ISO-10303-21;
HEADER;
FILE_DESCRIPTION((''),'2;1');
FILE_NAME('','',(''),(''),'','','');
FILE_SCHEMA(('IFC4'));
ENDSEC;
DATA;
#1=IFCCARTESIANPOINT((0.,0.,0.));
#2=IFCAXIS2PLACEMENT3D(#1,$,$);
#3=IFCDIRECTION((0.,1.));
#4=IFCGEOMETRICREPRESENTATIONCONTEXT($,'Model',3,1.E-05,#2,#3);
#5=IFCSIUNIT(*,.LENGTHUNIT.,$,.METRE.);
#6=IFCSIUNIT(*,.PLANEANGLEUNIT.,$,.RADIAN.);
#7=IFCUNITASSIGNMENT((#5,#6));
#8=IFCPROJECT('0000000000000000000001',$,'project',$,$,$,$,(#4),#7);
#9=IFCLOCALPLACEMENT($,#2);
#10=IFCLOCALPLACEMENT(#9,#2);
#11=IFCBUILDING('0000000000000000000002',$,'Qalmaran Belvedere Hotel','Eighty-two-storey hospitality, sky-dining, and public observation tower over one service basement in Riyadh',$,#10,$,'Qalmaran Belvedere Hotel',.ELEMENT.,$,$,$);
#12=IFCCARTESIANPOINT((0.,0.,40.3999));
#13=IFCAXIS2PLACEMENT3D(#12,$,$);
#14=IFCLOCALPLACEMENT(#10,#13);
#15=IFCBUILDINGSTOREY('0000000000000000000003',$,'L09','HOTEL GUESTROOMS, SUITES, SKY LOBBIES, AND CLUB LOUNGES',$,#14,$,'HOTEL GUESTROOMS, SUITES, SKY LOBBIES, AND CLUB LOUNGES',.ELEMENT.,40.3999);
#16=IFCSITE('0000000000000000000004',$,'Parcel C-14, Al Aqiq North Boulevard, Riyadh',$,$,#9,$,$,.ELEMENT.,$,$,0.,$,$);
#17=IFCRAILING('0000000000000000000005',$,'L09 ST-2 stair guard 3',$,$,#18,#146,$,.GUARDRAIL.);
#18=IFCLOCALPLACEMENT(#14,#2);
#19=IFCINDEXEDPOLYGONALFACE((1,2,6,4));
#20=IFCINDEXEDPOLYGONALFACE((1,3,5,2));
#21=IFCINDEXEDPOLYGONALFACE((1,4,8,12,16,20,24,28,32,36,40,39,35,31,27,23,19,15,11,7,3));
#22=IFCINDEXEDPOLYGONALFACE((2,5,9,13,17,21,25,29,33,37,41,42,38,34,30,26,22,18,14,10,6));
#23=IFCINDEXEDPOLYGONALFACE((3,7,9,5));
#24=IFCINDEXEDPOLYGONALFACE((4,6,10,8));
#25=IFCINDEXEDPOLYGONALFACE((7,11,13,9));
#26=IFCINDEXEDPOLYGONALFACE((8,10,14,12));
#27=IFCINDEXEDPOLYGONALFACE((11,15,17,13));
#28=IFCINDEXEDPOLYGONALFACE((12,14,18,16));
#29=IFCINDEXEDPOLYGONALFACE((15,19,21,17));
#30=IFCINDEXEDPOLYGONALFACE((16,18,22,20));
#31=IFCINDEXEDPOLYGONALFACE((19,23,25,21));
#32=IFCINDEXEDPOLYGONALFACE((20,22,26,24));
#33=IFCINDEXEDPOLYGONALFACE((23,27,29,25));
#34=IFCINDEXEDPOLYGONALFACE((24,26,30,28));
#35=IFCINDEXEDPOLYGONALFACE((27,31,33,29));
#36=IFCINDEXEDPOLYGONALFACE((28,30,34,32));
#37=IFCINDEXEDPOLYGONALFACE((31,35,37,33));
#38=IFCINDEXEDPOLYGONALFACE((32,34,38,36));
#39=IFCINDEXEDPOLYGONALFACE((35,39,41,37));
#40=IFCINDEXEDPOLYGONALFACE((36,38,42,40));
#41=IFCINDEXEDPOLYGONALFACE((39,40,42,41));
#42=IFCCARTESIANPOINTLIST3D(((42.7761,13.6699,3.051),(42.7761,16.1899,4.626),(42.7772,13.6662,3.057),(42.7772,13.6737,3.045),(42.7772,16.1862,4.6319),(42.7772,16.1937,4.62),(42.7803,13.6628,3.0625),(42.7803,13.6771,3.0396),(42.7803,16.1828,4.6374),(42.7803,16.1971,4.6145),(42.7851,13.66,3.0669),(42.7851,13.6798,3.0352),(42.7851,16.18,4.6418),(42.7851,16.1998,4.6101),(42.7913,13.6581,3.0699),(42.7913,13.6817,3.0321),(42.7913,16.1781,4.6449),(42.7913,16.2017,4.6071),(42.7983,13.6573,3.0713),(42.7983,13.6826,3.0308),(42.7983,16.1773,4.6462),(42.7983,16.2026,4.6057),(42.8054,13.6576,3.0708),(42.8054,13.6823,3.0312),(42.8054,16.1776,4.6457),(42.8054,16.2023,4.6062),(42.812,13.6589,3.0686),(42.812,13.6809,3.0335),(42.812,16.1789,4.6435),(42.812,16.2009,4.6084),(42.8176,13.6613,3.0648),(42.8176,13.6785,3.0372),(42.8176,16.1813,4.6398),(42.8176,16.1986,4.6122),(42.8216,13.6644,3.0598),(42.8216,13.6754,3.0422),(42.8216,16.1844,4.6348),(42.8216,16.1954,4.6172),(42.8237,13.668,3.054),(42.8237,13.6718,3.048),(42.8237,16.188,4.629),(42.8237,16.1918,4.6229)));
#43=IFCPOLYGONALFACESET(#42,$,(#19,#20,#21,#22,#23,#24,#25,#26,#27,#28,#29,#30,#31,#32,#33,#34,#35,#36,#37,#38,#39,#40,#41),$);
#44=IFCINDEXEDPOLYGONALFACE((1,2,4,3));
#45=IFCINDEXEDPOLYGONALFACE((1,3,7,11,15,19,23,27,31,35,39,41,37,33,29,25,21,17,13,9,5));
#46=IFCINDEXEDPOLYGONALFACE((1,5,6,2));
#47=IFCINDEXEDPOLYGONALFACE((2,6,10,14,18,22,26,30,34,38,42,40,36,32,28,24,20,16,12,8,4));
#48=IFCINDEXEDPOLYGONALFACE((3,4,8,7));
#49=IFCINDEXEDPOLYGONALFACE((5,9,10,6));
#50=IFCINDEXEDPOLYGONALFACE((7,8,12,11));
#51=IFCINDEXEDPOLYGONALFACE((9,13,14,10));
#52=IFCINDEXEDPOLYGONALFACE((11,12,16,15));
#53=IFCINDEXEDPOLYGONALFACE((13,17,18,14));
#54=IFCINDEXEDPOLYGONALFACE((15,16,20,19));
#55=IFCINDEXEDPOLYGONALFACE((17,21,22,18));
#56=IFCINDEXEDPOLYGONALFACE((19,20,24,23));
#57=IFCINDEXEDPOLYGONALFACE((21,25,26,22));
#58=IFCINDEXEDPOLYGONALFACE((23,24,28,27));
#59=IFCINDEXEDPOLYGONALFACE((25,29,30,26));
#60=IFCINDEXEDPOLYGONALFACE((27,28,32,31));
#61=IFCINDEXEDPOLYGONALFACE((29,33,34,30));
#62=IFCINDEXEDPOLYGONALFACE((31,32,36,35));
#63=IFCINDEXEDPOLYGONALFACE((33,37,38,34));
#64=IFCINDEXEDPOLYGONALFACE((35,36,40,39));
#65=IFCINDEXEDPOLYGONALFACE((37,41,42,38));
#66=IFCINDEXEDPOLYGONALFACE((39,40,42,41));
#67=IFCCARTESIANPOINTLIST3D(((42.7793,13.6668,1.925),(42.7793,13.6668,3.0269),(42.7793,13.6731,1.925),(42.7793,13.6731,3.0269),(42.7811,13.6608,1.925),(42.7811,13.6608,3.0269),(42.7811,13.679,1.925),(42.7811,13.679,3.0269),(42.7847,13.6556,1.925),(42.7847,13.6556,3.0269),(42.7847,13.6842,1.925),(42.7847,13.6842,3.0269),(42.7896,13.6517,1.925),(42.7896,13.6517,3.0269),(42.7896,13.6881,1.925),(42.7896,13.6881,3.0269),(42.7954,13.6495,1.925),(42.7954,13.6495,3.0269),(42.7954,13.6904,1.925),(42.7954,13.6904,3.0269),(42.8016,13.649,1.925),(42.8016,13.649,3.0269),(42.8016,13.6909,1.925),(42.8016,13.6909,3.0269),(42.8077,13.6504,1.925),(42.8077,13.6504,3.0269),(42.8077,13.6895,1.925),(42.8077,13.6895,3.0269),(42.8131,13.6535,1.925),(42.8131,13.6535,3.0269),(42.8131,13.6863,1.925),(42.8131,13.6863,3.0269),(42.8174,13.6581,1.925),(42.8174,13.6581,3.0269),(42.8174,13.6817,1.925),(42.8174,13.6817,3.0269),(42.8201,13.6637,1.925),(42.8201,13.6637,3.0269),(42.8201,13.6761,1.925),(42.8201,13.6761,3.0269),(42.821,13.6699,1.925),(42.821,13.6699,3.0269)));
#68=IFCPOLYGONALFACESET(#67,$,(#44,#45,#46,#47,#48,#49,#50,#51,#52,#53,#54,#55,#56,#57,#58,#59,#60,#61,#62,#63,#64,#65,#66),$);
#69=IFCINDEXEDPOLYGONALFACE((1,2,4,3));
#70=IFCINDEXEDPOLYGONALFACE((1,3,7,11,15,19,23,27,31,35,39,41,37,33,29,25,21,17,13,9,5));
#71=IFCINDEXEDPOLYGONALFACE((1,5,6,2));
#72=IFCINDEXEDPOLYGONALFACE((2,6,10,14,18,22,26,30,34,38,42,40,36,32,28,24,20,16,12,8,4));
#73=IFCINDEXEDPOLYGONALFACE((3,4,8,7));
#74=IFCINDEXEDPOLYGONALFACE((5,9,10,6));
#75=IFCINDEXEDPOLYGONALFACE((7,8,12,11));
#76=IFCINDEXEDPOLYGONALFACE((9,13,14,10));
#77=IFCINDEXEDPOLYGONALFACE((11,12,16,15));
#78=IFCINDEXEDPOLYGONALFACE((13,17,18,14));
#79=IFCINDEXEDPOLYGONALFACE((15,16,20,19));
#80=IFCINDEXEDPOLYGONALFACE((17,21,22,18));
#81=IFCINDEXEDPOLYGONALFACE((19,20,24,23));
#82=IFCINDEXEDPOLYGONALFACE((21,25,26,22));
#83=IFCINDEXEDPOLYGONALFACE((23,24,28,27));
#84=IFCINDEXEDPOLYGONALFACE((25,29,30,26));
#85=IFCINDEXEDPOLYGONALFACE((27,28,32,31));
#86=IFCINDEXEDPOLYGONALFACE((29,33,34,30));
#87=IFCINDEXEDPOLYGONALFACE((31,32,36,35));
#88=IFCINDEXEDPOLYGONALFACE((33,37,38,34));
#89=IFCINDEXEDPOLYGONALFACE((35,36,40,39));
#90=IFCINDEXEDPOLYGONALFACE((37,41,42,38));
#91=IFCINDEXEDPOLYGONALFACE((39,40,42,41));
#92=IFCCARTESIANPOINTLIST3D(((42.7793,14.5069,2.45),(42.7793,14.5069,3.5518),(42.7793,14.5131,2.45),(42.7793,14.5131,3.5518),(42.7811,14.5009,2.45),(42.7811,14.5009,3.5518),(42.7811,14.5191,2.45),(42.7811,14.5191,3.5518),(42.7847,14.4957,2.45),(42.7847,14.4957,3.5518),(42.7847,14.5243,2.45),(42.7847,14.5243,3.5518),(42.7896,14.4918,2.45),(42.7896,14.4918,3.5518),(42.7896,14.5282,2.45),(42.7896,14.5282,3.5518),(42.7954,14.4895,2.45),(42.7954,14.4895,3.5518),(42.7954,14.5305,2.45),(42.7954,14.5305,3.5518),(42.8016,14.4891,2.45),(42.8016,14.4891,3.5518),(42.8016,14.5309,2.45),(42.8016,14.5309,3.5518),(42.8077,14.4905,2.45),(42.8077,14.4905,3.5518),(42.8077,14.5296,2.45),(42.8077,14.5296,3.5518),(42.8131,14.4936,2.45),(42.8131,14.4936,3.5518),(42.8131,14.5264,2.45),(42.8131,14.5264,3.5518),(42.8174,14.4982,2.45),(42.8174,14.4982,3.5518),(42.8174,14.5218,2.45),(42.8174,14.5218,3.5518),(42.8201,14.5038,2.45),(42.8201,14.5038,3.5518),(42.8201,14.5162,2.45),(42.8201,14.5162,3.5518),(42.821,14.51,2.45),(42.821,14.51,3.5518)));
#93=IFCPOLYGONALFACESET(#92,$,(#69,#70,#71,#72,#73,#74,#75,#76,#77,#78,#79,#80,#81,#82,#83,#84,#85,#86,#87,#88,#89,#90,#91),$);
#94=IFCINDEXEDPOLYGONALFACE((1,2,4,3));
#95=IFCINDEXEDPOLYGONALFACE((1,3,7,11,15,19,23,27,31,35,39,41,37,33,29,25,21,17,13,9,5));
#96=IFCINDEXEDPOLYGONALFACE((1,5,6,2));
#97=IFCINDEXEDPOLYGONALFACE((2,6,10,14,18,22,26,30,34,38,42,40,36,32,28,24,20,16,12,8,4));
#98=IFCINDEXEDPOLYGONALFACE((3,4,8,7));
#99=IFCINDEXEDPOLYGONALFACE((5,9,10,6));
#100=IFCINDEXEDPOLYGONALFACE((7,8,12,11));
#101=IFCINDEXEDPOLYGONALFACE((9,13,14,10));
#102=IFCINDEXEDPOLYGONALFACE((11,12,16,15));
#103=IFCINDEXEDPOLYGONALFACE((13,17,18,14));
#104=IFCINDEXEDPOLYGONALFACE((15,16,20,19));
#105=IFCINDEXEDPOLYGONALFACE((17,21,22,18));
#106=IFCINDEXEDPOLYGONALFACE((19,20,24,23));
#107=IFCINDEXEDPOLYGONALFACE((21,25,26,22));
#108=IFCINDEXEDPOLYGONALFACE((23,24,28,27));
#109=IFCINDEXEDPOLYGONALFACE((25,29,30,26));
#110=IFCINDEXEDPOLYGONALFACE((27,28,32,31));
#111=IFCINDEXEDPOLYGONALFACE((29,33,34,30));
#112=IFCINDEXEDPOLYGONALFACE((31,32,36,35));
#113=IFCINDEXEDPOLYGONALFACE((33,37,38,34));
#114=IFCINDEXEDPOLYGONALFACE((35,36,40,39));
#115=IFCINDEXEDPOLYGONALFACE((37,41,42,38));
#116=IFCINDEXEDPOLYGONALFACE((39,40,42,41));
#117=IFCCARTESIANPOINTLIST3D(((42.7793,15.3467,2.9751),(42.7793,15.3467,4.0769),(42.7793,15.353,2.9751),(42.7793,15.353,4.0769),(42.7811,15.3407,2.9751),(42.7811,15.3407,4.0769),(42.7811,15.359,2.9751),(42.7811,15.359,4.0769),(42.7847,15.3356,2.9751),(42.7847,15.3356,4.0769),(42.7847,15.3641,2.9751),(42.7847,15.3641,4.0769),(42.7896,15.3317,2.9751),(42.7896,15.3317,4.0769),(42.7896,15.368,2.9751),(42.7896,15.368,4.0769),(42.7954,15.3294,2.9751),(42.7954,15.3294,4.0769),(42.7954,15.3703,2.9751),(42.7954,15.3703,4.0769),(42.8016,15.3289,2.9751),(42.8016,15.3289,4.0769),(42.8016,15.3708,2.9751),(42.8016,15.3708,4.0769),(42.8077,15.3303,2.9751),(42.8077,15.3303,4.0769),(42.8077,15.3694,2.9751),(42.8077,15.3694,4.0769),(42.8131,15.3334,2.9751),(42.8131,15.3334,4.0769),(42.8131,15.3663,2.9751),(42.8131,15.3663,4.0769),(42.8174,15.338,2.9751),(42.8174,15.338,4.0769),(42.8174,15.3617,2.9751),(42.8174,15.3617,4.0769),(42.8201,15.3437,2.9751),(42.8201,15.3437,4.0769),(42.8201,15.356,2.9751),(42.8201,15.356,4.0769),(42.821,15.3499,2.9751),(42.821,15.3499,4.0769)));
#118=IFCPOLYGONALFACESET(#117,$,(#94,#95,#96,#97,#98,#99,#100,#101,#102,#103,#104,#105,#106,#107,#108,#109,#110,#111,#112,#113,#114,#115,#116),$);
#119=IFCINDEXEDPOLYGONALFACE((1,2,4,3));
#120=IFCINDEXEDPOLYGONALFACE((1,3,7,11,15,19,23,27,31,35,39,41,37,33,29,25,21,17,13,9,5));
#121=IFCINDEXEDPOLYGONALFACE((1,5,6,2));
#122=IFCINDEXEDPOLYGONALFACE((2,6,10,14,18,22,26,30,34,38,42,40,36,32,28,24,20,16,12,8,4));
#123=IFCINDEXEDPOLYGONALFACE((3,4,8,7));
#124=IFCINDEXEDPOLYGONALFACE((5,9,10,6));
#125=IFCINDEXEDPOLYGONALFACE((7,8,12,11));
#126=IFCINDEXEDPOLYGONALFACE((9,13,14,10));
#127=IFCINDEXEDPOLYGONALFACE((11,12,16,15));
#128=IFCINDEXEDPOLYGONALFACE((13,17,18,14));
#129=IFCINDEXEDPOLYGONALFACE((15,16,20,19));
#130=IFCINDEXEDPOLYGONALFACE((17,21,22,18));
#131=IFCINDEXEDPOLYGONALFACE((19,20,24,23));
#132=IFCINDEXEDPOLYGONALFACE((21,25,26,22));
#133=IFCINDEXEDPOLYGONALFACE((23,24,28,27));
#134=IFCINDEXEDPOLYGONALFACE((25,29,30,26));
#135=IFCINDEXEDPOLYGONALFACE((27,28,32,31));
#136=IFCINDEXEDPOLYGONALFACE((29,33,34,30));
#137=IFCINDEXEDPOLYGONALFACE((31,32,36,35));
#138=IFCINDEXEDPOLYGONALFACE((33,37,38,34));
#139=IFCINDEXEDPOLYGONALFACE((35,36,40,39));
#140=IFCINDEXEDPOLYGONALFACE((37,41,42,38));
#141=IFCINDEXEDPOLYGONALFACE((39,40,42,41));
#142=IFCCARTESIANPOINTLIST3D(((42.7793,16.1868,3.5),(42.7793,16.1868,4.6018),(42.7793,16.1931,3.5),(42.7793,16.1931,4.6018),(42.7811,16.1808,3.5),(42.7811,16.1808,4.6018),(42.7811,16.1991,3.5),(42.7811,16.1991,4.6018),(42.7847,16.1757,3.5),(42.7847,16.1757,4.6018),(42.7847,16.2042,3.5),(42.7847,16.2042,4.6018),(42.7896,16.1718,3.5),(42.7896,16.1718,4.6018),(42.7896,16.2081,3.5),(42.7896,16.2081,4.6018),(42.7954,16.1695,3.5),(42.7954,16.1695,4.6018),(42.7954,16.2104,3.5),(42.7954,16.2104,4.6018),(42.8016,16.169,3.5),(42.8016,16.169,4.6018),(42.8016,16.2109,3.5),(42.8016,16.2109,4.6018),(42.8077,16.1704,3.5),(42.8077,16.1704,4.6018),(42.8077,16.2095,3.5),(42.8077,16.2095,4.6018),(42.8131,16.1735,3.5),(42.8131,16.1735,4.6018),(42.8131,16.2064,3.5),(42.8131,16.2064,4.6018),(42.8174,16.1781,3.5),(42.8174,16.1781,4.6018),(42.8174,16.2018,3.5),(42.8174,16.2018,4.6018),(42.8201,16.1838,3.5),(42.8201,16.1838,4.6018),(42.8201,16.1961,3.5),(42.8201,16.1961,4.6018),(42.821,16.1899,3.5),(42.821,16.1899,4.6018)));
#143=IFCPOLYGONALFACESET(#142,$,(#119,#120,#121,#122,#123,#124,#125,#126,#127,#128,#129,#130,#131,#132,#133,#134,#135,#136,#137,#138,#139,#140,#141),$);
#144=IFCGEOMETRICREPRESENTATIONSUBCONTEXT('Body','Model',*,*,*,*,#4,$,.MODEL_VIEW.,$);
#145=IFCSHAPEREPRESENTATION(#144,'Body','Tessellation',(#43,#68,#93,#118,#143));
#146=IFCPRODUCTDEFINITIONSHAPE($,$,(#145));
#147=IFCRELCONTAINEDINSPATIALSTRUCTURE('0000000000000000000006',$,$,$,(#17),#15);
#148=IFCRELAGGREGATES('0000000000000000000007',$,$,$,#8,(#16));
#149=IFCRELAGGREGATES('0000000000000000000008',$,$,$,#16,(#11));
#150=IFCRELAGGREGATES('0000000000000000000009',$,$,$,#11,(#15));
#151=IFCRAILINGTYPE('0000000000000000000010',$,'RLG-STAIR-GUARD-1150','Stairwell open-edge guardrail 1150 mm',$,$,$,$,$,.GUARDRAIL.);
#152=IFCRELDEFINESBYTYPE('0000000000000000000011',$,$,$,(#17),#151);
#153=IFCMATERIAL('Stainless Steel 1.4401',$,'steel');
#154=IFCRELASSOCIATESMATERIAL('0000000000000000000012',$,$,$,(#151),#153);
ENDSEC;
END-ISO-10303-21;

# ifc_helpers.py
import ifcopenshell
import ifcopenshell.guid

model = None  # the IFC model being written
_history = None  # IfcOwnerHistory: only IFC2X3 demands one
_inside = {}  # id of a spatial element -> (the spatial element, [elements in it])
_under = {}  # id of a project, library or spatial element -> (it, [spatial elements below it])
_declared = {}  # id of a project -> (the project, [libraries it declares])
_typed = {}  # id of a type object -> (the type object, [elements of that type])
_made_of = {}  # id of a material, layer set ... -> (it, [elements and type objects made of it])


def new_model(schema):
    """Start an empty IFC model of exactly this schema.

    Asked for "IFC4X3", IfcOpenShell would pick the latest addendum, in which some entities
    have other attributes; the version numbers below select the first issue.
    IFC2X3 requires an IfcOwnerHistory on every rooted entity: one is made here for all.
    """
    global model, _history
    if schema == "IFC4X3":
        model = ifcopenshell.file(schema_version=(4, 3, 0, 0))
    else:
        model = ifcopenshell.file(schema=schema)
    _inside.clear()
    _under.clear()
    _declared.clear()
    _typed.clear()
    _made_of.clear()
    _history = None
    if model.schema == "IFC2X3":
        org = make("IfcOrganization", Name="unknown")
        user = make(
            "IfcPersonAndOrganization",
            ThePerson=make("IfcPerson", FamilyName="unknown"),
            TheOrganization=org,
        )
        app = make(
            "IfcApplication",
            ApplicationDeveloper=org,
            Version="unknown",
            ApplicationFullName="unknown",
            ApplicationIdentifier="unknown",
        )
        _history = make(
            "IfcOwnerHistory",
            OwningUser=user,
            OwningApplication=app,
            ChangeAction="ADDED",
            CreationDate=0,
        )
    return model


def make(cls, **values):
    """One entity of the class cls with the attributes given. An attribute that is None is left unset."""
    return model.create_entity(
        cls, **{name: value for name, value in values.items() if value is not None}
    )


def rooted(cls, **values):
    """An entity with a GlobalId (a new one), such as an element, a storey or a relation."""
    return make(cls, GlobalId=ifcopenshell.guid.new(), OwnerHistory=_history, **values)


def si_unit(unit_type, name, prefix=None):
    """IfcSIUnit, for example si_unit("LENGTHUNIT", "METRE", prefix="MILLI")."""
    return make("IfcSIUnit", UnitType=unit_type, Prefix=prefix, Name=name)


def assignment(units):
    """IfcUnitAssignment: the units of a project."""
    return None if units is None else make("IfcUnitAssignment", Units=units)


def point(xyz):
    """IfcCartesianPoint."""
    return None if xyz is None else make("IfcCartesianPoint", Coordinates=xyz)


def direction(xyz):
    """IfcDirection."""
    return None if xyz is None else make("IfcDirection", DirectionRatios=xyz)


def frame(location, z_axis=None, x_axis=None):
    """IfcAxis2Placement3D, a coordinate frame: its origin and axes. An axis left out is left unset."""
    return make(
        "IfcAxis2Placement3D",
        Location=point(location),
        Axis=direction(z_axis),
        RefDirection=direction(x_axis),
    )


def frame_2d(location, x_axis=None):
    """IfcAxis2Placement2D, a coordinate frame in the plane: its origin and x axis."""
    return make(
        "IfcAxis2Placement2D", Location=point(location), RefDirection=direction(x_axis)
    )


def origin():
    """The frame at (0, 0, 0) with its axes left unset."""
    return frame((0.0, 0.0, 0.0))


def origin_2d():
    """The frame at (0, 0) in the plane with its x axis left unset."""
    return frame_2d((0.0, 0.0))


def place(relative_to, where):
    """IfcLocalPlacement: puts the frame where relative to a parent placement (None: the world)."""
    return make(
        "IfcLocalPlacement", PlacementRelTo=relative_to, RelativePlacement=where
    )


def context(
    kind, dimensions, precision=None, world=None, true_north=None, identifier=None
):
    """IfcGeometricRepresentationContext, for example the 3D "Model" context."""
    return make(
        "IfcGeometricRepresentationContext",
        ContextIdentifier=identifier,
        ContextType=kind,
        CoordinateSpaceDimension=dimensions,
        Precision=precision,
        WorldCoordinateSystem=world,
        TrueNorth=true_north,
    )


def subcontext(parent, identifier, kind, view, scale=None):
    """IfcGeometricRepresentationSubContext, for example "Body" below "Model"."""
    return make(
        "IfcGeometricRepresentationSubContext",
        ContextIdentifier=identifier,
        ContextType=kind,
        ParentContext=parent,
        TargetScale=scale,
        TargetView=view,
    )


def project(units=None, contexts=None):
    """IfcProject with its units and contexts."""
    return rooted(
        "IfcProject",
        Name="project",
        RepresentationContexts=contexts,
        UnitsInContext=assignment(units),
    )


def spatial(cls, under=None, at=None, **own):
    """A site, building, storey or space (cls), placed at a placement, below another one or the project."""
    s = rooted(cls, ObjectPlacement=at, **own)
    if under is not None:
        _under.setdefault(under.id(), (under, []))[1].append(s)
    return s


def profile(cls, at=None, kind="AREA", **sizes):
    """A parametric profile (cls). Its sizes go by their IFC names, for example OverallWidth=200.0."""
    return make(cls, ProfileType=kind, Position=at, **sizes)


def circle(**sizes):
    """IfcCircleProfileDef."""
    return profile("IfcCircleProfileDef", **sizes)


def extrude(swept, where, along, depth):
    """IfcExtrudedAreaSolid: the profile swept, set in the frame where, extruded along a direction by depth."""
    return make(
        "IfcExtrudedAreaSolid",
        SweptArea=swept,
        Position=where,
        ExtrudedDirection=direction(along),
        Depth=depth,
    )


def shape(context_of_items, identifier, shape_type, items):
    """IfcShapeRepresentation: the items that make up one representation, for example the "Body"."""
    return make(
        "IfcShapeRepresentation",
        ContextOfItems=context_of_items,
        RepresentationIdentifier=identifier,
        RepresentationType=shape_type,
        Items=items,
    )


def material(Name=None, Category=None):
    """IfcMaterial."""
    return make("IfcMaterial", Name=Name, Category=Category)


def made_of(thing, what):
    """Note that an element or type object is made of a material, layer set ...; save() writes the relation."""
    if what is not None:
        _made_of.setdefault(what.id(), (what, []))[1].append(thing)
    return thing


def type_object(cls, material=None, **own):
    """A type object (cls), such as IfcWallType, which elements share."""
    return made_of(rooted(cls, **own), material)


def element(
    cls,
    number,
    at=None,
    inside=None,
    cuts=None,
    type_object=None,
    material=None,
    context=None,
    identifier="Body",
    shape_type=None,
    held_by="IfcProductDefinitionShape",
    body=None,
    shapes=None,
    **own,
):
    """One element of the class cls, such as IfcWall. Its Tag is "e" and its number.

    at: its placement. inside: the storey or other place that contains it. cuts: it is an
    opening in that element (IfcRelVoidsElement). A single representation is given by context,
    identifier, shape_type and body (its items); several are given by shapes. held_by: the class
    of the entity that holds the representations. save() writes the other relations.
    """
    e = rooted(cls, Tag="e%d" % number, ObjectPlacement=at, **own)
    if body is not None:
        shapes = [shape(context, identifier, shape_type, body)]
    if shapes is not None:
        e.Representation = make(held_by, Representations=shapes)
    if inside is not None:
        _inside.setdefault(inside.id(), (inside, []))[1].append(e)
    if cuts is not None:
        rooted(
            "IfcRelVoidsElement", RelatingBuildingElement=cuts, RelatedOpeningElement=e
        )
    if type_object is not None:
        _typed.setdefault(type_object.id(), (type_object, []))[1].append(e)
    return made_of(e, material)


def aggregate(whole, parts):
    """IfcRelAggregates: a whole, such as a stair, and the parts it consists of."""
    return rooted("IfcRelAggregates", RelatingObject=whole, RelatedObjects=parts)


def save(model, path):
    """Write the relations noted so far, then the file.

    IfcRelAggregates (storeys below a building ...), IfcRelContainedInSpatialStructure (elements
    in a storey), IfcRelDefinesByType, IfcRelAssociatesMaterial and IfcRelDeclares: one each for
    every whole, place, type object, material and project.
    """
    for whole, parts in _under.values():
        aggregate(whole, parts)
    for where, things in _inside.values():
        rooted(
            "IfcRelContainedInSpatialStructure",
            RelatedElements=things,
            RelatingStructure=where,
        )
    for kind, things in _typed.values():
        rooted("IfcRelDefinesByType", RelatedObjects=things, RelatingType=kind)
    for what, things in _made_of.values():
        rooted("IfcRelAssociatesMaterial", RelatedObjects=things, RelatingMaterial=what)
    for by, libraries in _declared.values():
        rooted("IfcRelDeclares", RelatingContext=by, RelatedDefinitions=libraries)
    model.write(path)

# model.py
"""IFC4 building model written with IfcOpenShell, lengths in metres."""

from ifc_helpers import new_model, si_unit, direction, frame, origin, origin_2d, place, context, subcontext, project, spatial, circle, extrude, material, type_object, element, save


model = new_model("IFC4")

# Units and contexts
model_context = context("Model", 3, precision=1e-05, world=origin(), true_north=direction((0.0, 1.0)))
body_context = subcontext(model_context, "Body", "Model", "MODEL_VIEW")
ifc_project = project(units=[si_unit("LENGTHUNIT", "METRE"), si_unit("PLANEANGLEUNIT", "RADIAN")], contexts=[model_context])

# Site, building, storey
site_placement = place(None, origin())
site = spatial("IfcSite", under=ifc_project, at=site_placement, Name="Parcel C-14, Al Aqiq North Boulevard, Riyadh", CompositionType="ELEMENT", RefElevation=0.0)
building_placement = place(site_placement, origin())
building = spatial("IfcBuilding", under=site, at=building_placement, Name="Qalmaran Belvedere Hotel", Description="Eighty-two-storey hospitality, sky-dining, and public observation tower over one service basement in Riyadh", LongName="Qalmaran Belvedere Hotel", CompositionType="ELEMENT")
storey_placement = place(building_placement, frame((0.0, 0.0, 40.3999)))
storey = spatial("IfcBuildingStorey", under=building, at=storey_placement, Name="L09", Description="HOTEL GUESTROOMS, SUITES, SKY LOBBIES, AND CLUB LOUNGES", LongName="HOTEL GUESTROOMS, SUITES, SKY LOBBIES, AND CLUB LOUNGES", CompositionType="ELEMENT", Elevation=40.3999)

# Shared definitions
ifc_material_1 = material(Name="Stainless Steel 1.4401", Category="steel")

# Railing
railing_type_1 = type_object("IfcRailingType", Name="RLG-STAIR-GUARD-1150", Description="Stairwell open-edge guardrail 1150 mm", PredefinedType="GUARDRAIL", material=ifc_material_1)
railing_1_placement = place(storey_placement, frame((42.8, 13.6699, 1.925)))
element("IfcRailing", 1, at=railing_1_placement, inside=storey, type_object=railing_type_1, Name="L09 ST-2 stair guard 3", PredefinedType="GUARDRAIL", context=body_context, shape_type="SweptSolid", body=[
    extrude(circle(Radius=0.0239, at=origin_2d()), frame((0.0, 0.0, 1.126), z_axis=(0.0, 0.848008, 0.529984), x_axis=(-1.0, 0.0, 0.0)), (0.0, 0.0, 1.0), 2.9717),
    extrude(circle(Radius=0.021, at=origin_2d()), origin(), (0.0, 0.0, 1.0), 1.1018),
    extrude(circle(Radius=0.021, at=origin_2d()), frame((0.0, 0.8401, 0.5249)), (0.0, 0.0, 1.0), 1.1018),
    extrude(circle(Radius=0.021, at=origin_2d()), frame((0.0, 1.6799, 1.05)), (0.0, 0.0, 1.0), 1.1018),
    extrude(circle(Radius=0.021, at=origin_2d()), frame((0.0, 2.52, 1.575)), (0.0, 0.0, 1.0), 1.1018),
])

save(model, "model.ifc")
